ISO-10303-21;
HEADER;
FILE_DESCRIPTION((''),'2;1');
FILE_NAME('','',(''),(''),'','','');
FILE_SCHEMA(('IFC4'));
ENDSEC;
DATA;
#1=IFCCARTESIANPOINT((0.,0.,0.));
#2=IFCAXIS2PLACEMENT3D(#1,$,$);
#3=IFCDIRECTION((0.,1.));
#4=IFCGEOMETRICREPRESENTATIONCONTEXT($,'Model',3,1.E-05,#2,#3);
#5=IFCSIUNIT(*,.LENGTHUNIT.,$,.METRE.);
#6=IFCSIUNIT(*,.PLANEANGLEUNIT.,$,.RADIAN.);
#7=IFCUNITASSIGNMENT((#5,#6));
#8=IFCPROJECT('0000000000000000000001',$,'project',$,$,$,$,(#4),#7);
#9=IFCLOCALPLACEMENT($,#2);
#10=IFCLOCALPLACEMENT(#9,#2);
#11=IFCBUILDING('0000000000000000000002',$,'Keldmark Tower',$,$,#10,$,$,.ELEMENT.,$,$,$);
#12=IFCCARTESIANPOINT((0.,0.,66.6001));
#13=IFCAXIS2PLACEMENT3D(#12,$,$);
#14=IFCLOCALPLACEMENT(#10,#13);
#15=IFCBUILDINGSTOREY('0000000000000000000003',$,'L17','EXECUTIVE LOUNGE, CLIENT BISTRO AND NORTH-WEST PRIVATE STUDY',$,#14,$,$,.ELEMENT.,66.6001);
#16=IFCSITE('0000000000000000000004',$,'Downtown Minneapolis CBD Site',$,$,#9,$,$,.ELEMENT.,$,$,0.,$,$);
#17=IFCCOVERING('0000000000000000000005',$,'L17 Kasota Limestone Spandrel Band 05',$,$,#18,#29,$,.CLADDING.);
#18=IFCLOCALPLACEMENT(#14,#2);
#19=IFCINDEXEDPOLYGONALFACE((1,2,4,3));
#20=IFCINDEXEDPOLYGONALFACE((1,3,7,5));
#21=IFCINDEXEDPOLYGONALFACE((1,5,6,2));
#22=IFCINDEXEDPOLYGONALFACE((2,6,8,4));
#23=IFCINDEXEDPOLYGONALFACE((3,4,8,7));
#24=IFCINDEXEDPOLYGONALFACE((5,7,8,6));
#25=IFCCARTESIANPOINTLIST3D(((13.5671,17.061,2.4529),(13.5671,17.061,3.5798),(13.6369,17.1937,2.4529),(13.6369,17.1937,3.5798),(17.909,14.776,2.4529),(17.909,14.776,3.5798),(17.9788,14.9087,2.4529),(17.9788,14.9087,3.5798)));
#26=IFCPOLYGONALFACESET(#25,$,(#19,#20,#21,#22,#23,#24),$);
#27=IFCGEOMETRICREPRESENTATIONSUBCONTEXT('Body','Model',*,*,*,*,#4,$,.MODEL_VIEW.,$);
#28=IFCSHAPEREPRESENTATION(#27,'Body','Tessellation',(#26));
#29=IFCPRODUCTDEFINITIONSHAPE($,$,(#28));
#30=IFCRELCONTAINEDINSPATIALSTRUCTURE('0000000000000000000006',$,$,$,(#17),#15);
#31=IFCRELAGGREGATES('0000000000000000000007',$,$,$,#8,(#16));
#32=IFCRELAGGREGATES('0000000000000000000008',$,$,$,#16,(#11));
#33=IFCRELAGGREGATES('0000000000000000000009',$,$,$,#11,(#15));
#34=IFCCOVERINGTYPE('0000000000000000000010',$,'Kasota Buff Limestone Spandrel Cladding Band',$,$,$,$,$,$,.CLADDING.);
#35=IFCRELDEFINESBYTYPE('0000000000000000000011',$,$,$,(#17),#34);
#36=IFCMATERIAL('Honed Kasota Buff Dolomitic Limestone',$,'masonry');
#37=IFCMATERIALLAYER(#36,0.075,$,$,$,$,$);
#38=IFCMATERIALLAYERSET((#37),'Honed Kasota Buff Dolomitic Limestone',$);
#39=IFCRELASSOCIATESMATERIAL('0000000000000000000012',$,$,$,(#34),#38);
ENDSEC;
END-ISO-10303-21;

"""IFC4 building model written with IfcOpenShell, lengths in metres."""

from ifc_helpers import new_model, si_unit, direction, frame, origin, origin_2d, place, context, subcontext, project, spatial, rectangle, extrude, material, layer, layer_set, type_object, element, save


model = new_model("IFC4")

# Units and contexts
model_context = context("Model", 3, precision=1e-05, world=origin(), true_north=direction((0.0, 1.0)))
body_context = subcontext(model_context, "Body", "Model", "MODEL_VIEW")
ifc_project = project(units=[si_unit("LENGTHUNIT", "METRE"), si_unit("PLANEANGLEUNIT", "RADIAN")], contexts=[model_context])

# Site, building, storey
site_placement = place(None, origin())
site = spatial("IfcSite", under=ifc_project, at=site_placement, Name="Downtown Minneapolis CBD Site", CompositionType="ELEMENT", RefElevation=0.0)
building_placement = place(site_placement, origin())
building = spatial("IfcBuilding", under=site, at=building_placement, Name="Keldmark Tower", CompositionType="ELEMENT")
storey_placement = place(building_placement, frame((0.0, 0.0, 66.6001)))
storey = spatial("IfcBuildingStorey", under=building, at=storey_placement, Name="L17", Description="EXECUTIVE LOUNGE, CLIENT BISTRO AND NORTH-WEST PRIVATE STUDY", CompositionType="ELEMENT", Elevation=66.6001)

# Covering
ifc_material_1 = material(Name="Honed Kasota Buff Dolomitic Limestone", Category="masonry")
ifc_layer_1 = layer(ifc_material_1, 0.075)
ifc_layer_set_1 = layer_set([ifc_layer_1], Name="Honed Kasota Buff Dolomitic Limestone")
covering_type = type_object("IfcCoveringType", Name="Kasota Buff Limestone Spandrel Cladding Band", PredefinedType="CLADDING", material=ifc_layer_set_1)
covering_placement = place(storey_placement, frame((15.7729, 15.9849, 2.4529), z_axis=(0.0, 0.0, 1.0), x_axis=(-0.884939, 0.465707, 0.0)))
element("IfcCovering", 1, at=covering_placement, inside=storey, type_object=covering_type, Name="L17 Kasota Limestone Spandrel Band 05", PredefinedType="CLADDING", context=body_context, shape_type="SweptSolid", body=[
    extrude(rectangle(XDim=4.9065, YDim=0.1499, at=origin_2d()), origin(), (0.0, 0.0, 1.0), 1.127),
])

save(model, "model.ifc")
